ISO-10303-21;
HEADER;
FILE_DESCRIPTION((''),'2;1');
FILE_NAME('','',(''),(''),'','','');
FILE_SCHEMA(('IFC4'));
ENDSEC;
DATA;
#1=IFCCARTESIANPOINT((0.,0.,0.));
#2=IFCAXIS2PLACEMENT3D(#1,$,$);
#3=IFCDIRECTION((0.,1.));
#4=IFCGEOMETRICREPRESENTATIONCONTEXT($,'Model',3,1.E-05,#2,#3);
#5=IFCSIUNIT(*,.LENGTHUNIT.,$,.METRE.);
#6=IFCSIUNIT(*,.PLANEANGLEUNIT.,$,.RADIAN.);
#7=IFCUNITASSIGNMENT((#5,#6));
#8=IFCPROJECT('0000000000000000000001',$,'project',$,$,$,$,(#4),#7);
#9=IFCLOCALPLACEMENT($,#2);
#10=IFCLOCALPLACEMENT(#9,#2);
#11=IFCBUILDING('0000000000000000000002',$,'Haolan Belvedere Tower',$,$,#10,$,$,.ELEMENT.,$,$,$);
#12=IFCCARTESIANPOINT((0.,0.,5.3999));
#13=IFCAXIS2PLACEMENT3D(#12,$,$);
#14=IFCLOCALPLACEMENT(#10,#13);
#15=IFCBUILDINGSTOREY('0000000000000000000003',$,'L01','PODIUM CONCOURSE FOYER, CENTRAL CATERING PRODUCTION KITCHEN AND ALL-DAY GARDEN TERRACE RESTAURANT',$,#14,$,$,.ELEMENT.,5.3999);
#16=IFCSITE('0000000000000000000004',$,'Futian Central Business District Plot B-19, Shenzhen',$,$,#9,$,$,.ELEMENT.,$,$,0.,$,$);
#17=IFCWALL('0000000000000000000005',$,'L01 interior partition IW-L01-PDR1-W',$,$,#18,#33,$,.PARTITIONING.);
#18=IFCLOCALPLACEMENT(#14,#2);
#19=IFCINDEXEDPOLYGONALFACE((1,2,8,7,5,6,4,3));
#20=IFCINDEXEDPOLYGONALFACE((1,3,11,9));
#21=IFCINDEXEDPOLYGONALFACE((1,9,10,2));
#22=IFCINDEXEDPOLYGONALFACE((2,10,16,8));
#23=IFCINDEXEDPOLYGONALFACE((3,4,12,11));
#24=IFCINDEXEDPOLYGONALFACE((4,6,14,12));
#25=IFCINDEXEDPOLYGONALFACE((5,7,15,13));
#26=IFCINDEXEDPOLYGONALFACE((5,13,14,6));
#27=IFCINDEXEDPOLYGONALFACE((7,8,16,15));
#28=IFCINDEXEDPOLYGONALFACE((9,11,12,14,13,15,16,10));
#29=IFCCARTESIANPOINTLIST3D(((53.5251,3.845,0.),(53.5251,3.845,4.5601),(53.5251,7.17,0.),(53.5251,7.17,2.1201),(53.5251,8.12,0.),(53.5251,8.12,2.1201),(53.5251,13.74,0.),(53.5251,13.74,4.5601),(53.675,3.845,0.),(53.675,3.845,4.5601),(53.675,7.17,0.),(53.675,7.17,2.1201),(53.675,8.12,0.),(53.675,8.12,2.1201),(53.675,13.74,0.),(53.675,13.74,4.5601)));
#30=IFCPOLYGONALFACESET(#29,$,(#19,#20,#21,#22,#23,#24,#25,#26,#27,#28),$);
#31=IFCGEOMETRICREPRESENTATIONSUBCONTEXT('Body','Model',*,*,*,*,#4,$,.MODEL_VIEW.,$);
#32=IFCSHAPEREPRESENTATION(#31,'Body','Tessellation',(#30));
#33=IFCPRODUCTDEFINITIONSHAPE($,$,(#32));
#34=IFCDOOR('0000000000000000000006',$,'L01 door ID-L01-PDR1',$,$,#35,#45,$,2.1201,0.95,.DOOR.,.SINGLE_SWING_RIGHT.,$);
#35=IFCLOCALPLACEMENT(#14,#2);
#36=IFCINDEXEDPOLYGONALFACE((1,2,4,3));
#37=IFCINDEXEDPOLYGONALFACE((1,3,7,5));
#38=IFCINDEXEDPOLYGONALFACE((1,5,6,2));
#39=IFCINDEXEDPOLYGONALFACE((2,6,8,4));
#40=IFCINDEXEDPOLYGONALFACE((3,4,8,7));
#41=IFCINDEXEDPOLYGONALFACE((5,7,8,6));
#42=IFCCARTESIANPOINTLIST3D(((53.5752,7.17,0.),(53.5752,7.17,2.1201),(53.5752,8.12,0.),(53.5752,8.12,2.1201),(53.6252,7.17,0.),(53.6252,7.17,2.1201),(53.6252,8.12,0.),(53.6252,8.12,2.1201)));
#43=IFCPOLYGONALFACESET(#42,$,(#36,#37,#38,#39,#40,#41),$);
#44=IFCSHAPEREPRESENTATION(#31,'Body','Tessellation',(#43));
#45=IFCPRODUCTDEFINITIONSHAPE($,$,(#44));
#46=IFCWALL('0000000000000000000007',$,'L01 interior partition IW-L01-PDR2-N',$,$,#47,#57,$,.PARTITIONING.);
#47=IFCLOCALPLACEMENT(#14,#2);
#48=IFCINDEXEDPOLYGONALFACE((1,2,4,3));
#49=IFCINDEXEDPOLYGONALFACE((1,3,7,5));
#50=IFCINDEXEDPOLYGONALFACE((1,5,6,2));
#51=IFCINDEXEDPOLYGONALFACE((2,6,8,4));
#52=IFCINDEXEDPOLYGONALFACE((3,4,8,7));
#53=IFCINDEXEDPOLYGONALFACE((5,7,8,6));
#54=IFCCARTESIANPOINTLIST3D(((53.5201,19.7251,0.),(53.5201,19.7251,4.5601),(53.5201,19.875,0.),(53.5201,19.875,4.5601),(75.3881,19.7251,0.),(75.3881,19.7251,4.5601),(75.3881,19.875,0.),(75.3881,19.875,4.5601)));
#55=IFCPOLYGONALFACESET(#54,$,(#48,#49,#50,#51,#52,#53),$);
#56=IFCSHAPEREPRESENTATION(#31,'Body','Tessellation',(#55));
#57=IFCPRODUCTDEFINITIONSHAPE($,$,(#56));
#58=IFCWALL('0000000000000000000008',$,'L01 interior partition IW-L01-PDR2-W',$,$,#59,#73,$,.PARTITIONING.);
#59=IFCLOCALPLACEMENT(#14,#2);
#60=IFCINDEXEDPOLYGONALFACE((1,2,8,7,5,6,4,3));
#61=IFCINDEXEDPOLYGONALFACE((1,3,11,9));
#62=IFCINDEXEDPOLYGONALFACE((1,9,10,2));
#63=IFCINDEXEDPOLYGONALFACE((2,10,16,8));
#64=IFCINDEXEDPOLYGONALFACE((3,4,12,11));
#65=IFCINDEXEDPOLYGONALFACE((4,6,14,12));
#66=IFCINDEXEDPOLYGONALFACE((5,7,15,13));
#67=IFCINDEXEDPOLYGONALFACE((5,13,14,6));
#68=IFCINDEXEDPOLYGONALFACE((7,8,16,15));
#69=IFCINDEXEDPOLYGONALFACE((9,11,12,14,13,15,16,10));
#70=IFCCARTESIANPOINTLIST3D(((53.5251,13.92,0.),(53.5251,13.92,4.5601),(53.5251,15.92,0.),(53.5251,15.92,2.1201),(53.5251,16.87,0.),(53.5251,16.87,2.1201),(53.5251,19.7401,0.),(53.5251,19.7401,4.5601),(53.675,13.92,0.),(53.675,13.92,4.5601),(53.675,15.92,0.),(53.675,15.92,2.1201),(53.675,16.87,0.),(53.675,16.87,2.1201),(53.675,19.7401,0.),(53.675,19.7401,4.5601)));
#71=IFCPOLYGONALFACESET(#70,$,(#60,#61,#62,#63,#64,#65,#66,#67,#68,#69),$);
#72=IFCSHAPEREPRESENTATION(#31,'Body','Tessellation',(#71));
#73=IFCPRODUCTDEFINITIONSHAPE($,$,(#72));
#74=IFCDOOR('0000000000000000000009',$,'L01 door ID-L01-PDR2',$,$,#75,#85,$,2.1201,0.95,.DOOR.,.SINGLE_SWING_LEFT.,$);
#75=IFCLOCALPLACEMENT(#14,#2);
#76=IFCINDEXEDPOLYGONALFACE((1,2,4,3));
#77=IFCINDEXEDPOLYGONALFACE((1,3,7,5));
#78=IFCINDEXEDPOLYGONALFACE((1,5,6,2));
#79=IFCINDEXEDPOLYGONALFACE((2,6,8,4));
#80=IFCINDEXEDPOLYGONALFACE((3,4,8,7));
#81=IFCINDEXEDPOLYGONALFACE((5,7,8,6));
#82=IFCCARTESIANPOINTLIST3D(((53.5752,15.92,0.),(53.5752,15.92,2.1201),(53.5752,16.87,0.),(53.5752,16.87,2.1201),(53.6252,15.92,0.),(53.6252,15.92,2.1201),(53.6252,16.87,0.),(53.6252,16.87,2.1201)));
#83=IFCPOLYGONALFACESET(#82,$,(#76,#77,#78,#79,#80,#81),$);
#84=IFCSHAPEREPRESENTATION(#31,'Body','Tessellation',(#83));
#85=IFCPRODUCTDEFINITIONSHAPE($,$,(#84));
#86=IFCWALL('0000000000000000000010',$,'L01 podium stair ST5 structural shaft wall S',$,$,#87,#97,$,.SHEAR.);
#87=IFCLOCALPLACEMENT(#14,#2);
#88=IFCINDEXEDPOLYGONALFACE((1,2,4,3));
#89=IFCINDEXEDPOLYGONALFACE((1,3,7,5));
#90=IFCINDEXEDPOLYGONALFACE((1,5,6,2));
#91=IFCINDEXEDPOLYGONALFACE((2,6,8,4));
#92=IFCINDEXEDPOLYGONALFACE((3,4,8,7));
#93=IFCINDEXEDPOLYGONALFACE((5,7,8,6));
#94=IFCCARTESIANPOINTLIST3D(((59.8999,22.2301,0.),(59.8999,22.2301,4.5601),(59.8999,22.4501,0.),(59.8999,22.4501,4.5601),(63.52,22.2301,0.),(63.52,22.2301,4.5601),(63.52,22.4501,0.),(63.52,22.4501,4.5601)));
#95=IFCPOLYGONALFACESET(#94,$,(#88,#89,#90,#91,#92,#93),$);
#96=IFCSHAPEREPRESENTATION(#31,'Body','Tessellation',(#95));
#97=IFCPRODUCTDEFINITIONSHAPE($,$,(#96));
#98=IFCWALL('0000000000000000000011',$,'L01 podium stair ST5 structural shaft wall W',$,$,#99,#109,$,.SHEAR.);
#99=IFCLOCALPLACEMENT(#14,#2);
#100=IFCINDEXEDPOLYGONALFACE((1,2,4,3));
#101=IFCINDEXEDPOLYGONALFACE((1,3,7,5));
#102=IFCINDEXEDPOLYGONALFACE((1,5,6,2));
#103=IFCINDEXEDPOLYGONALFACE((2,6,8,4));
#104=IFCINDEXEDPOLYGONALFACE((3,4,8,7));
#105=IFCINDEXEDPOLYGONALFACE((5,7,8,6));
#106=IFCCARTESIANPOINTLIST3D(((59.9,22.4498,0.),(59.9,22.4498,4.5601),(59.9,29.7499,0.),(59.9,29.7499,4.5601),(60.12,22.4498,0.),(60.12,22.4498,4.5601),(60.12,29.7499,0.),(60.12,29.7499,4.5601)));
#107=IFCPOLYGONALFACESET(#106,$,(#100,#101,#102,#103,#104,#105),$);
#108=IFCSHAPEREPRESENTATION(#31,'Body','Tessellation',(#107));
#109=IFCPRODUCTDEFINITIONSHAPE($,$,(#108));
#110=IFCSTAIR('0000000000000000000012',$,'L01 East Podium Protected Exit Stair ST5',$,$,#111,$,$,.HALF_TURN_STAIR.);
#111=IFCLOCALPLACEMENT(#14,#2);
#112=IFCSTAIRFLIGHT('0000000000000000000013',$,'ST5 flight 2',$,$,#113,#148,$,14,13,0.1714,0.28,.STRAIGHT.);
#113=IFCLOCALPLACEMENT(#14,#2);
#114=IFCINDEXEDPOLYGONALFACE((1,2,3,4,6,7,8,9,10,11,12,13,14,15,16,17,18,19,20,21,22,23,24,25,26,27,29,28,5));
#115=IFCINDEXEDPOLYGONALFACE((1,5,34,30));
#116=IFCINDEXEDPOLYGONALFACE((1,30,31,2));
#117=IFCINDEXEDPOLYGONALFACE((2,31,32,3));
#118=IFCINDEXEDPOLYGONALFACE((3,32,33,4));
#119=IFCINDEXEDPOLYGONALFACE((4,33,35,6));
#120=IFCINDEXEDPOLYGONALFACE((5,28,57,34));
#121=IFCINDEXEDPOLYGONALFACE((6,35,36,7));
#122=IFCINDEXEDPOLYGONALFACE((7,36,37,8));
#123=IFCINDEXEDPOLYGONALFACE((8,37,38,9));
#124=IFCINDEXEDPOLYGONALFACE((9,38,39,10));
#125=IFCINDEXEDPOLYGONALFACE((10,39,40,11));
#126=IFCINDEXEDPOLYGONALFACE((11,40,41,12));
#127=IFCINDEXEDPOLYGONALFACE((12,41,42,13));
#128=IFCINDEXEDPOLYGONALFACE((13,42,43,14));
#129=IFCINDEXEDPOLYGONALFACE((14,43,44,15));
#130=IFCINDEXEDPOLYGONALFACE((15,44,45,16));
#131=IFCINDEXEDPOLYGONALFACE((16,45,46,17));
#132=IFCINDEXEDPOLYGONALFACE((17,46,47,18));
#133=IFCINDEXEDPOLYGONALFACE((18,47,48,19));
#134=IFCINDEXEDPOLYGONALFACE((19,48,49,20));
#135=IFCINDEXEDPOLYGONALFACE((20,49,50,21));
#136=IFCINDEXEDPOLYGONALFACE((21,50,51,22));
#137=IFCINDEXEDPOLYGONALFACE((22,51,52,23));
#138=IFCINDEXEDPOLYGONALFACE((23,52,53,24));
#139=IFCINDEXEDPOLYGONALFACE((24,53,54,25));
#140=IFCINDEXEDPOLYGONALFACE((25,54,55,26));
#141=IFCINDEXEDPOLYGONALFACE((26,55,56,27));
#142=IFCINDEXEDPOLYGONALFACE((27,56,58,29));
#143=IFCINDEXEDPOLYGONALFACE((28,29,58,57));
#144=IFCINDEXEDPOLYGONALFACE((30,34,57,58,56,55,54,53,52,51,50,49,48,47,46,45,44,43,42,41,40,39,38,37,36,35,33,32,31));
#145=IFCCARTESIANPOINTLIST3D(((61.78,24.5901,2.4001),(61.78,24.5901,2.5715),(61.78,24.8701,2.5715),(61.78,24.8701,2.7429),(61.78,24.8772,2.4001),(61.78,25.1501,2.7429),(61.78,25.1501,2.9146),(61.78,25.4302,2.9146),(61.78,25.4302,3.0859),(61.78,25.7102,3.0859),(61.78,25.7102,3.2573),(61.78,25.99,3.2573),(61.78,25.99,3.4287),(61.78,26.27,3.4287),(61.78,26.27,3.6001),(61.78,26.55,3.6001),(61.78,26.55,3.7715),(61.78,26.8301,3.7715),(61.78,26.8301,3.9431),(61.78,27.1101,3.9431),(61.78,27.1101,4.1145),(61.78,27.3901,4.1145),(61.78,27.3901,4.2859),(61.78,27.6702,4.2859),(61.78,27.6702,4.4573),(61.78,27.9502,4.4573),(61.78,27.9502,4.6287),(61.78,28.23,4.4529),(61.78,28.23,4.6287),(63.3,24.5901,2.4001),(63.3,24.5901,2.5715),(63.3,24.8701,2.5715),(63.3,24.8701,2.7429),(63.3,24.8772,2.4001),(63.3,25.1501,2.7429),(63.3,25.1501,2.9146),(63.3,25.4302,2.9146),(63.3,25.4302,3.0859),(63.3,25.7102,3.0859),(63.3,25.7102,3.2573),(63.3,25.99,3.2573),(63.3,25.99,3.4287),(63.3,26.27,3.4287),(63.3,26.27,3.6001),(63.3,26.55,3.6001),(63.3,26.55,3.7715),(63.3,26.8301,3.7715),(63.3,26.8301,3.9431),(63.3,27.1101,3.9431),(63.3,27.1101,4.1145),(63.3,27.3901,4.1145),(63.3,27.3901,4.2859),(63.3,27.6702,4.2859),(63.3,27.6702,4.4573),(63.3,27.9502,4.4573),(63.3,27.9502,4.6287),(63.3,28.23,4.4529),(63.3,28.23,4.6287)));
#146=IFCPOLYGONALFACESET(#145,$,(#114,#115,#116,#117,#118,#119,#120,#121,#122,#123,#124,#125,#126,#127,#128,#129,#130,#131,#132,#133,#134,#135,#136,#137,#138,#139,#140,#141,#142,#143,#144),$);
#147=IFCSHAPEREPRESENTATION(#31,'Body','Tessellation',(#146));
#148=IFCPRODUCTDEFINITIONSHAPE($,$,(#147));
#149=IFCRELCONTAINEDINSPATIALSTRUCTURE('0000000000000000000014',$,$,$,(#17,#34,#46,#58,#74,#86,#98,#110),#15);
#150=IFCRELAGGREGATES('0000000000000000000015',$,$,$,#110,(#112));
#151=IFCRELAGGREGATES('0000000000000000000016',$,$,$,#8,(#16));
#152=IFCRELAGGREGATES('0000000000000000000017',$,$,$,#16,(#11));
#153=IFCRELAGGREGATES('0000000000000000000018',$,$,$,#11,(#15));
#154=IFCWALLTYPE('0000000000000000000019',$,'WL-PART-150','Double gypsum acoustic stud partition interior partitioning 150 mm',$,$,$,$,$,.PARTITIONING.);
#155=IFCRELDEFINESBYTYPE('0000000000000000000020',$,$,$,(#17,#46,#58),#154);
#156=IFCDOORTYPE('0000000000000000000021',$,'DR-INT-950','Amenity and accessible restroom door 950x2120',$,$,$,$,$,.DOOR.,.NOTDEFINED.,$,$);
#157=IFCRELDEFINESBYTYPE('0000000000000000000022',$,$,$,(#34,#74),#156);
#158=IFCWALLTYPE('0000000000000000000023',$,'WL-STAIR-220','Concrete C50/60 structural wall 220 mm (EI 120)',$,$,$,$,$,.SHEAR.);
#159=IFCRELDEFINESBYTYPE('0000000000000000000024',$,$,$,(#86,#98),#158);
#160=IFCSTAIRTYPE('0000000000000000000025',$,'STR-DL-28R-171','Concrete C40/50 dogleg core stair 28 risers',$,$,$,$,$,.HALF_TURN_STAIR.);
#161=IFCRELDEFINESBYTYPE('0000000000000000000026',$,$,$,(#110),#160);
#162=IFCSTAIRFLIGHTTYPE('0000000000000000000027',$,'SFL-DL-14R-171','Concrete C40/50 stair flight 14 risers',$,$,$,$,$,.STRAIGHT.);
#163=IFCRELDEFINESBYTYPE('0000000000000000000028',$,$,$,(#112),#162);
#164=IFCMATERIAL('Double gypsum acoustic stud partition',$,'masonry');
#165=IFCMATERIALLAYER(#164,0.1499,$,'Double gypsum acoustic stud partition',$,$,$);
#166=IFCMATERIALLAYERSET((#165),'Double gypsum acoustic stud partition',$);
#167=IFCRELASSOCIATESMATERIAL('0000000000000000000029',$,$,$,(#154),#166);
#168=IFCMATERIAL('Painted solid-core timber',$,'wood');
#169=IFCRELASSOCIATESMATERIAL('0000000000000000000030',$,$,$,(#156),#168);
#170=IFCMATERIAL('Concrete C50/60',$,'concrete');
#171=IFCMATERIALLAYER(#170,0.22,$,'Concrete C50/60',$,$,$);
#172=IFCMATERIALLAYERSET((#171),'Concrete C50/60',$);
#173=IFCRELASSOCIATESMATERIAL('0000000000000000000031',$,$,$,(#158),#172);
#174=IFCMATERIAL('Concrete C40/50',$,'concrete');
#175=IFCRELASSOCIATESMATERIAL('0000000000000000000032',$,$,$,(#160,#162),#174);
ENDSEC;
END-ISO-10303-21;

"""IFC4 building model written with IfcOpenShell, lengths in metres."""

from ifc_helpers import new_model, si_unit, direction, frame, frame_2d, origin, place, context, subcontext, project, spatial, polyline, rectangle, outline, extrude, material, layer, layer_set, type_object, element, fill, aggregate, save


model = new_model("IFC4")

# Units and contexts
model_context = context("Model", 3, precision=1e-05, world=origin(), true_north=direction((0.0, 1.0)))
body_context = subcontext(model_context, "Body", "Model", "MODEL_VIEW")
ifc_project = project(units=[si_unit("LENGTHUNIT", "METRE"), si_unit("PLANEANGLEUNIT", "RADIAN")], contexts=[model_context])

# Site, building, storey
site_placement = place(None, origin())
site = spatial("IfcSite", under=ifc_project, at=site_placement, Name="Futian Central Business District Plot B-19, Shenzhen", CompositionType="ELEMENT", RefElevation=0.0)
building_placement = place(site_placement, origin())
building = spatial("IfcBuilding", under=site, at=building_placement, Name="Haolan Belvedere Tower", CompositionType="ELEMENT")
storey_placement = place(building_placement, frame((0.0, 0.0, 5.3999)))
storey = spatial("IfcBuildingStorey", under=building, at=storey_placement, Name="L01", Description="PODIUM CONCOURSE FOYER, CENTRAL CATERING PRODUCTION KITCHEN AND ALL-DAY GARDEN TERRACE RESTAURANT", CompositionType="ELEMENT", Elevation=5.3999)

# Shared definitions
ifc_material_1 = material(Name="Double gypsum acoustic stud partition", Category="masonry")
ifc_layer_1 = layer(ifc_material_1, 0.1499, Name="Double gypsum acoustic stud partition")
ifc_layer_set_1 = layer_set([ifc_layer_1], Name="Double gypsum acoustic stud partition")
wall_type_1 = type_object("IfcWallType", Name="WL-PART-150", Description="Double gypsum acoustic stud partition interior partitioning 150 mm", PredefinedType="PARTITIONING", material=ifc_layer_set_1)

# Wall, opening, door
wall_1_placement = place(storey_placement, frame((53.6001, 3.845, 0.0), z_axis=(0.0, 0.0, 1.0), x_axis=(0.0, 1.0, 0.0)))
wall_1 = element("IfcWall", 1, at=wall_1_placement, inside=storey, type_object=wall_type_1, Name="L01 interior partition IW-L01-PDR1-W", PredefinedType="PARTITIONING", context=body_context, shape_type="SweptSolid", body=[
    extrude(rectangle(XDim=9.895, YDim=0.1499, at=frame_2d((4.9475, 0.0))), origin(), (0.0, 0.0, 1.0), 4.5601),
])
opening_1_placement = place(wall_1_placement, frame((3.325, 0.0, 0.0)))
opening_1 = element("IfcOpeningElement", 2, at=opening_1_placement, cuts=wall_1, PredefinedType="OPENING", context=body_context, shape_type="SweptSolid", body=[
    extrude(rectangle(XDim=0.95, YDim=2.1201, at=frame_2d((0.4751, 1.0601))), frame((0.0, 0.085, 0.0), z_axis=(0.0, -1.0, 0.0), x_axis=(1.0, 0.0, 0.0)), (0.0, 0.0, 1.0), 0.1699),
])
ifc_material_2 = material(Name="Painted solid-core timber", Category="wood")
door_type = type_object("IfcDoorType", Name="DR-INT-950", Description="Amenity and accessible restroom door 950x2120", OperationType="NOTDEFINED", PredefinedType="DOOR", material=ifc_material_2)
door_1_placement = place(opening_1_placement, origin())
door_1 = element("IfcDoor", 3, at=door_1_placement, inside=storey, type_object=door_type, Name="L01 door ID-L01-PDR1", OperationType="SINGLE_SWING_RIGHT", OverallHeight=2.1201, OverallWidth=0.95, PredefinedType="DOOR", context=body_context, shape_type="SweptSolid", body=[
    extrude(rectangle(XDim=0.95, YDim=2.1201, at=frame_2d((0.4751, 1.0601))), frame((0.0, 0.0249, 0.0), z_axis=(0.0, -1.0, 0.0), x_axis=(1.0, 0.0, 0.0)), (0.0, 0.0, 1.0), 0.05),
])
fill(opening_1, door_1)

# Wall
wall_2_placement = place(storey_placement, frame((53.52, 19.8, 0.0), z_axis=(0.0, 0.0, 1.0), x_axis=(1.0, 0.0, 0.0)))
element("IfcWall", 4, at=wall_2_placement, inside=storey, type_object=wall_type_1, Name="L01 interior partition IW-L01-PDR2-N", PredefinedType="PARTITIONING", context=body_context, shape_type="SweptSolid", body=[
    extrude(rectangle(XDim=21.8679, YDim=0.1499, at=frame_2d((10.9341, 0.0))), origin(), (0.0, 0.0, 1.0), 4.5601),
])

# Wall, opening, door
wall_3_placement = place(storey_placement, frame((53.6001, 13.9199, 0.0), z_axis=(0.0, 0.0, 1.0), x_axis=(0.0, 1.0, 0.0)))
wall_3 = element("IfcWall", 5, at=wall_3_placement, inside=storey, type_object=wall_type_1, Name="L01 interior partition IW-L01-PDR2-W", PredefinedType="PARTITIONING", context=body_context, shape_type="SweptSolid", body=[
    extrude(rectangle(XDim=5.8201, YDim=0.1499, at=frame_2d((2.9102, 0.0))), origin(), (0.0, 0.0, 1.0), 4.5601),
])
opening_2_placement = place(wall_3_placement, frame((2.0, 0.0, 0.0)))
opening_2 = element("IfcOpeningElement", 6, at=opening_2_placement, cuts=wall_3, PredefinedType="OPENING", context=body_context, shape_type="SweptSolid", body=[
    extrude(rectangle(XDim=0.95, YDim=2.1201, at=frame_2d((0.4751, 1.0601))), frame((0.0, 0.085, 0.0), z_axis=(0.0, -1.0, 0.0), x_axis=(1.0, 0.0, 0.0)), (0.0, 0.0, 1.0), 0.1699),
])
door_2_placement = place(opening_2_placement, origin())
door_2 = element("IfcDoor", 7, at=door_2_placement, inside=storey, type_object=door_type, Name="L01 door ID-L01-PDR2", OperationType="SINGLE_SWING_LEFT", OverallHeight=2.1201, OverallWidth=0.95, PredefinedType="DOOR", context=body_context, shape_type="SweptSolid", body=[
    extrude(rectangle(XDim=0.95, YDim=2.1201, at=frame_2d((0.4751, 1.0601))), frame((0.0, 0.0249, 0.0), z_axis=(0.0, -1.0, 0.0), x_axis=(1.0, 0.0, 0.0)), (0.0, 0.0, 1.0), 0.05),
])
fill(opening_2, door_2)

# Walls
ifc_material_3 = material(Name="Concrete C50/60", Category="concrete")
ifc_layer_2 = layer(ifc_material_3, 0.22, Name="Concrete C50/60")
ifc_layer_set_2 = layer_set([ifc_layer_2], Name="Concrete C50/60")
wall_type_2 = type_object("IfcWallType", Name="WL-STAIR-220", Description="Concrete C50/60 structural wall 220 mm (EI 120)", PredefinedType="SHEAR", material=ifc_layer_set_2)
wall_4_placement = place(storey_placement, frame((59.8999, 22.3401, 0.0), z_axis=(0.0, 0.0, 1.0), x_axis=(1.0, 0.0, 0.0)))
element("IfcWall", 8, at=wall_4_placement, inside=storey, type_object=wall_type_2, Name="L01 podium stair ST5 structural shaft wall S", PredefinedType="SHEAR", context=body_context, shape_type="SweptSolid", body=[
    extrude(rectangle(XDim=3.6201, YDim=0.22, at=frame_2d((1.8101, 0.0))), origin(), (0.0, 0.0, 1.0), 4.5601),
])
wall_5_placement = place(storey_placement, frame((60.01, 22.45, 0.0), z_axis=(0.0, 0.0, 1.0), x_axis=(0.0, 1.0, 0.0)))
element("IfcWall", 9, at=wall_5_placement, inside=storey, type_object=wall_type_2, Name="L01 podium stair ST5 structural shaft wall W", PredefinedType="SHEAR", context=body_context, shape_type="SweptSolid", body=[
    extrude(rectangle(XDim=7.3, YDim=0.22, at=frame_2d((3.6499, 0.0))), origin(), (0.0, 0.0, 1.0), 4.5601),
])

# Stair, stair flight
ifc_material_4 = material(Name="Concrete C40/50", Category="concrete")
stair_type_1 = type_object("IfcStairType", Name="STR-DL-28R-171", Description="Concrete C40/50 dogleg core stair 28 risers", PredefinedType="HALF_TURN_STAIR", material=ifc_material_4)
stair_1_placement = place(storey_placement, origin())
stair_1 = element("IfcStair", 10, at=stair_1_placement, inside=storey, type_object=stair_type_1, Name="L01 East Podium Protected Exit Stair ST5", PredefinedType="HALF_TURN_STAIR")
stair_flight_type_1 = type_object("IfcStairFlightType", Name="SFL-DL-14R-171", Description="Concrete C40/50 stair flight 14 risers", PredefinedType="STRAIGHT", material=ifc_material_4)
stair_flight_1_placement = place(storey_placement, frame((62.54, 24.5901, 2.4001), z_axis=(0.0, 0.0, 1.0), x_axis=(0.0, 1.0, 0.0)))
stair_flight_1 = element("IfcStairFlight", 11, at=stair_flight_1_placement, type_object=stair_flight_type_1, Name="ST5 flight 2", NumberOfRisers=14, NumberOfTreads=13, PredefinedType="STRAIGHT", RiserHeight=0.1714, TreadLength=0.28, context=body_context, shape_type="SweptSolid", body=[
    extrude(outline(polyline([(0.0, 0.0), (0.0, 0.1714), (0.28, 0.1714), (0.28, 0.3428), (0.5601, 0.3428), (0.5601, 0.5144), (0.8401, 0.5144), (0.8401, 0.6858), (1.1201, 0.6858), (1.1201, 0.8572), (1.3999, 0.8572), (1.3999, 1.0286), (1.6799, 1.0286), (1.6799, 1.2), (1.96, 1.2), (1.96, 1.3713), (2.24, 1.3713), (2.24, 1.543), (2.52, 1.543), (2.52, 1.7144), (2.8, 1.7144), (2.8, 1.8857), (3.0801, 1.8857), (3.0801, 2.0571), (3.3601, 2.0571), (3.3601, 2.2285), (3.6399, 2.2285), (3.6399, 2.3999), (3.6399, 2.0527), (0.2871, 0.0), (0.0, 0.0)])), frame((0.0, 0.76, 0.0), z_axis=(0.0, -1.0, 0.0), x_axis=(1.0, 0.0, 0.0)), (0.0, 0.0, 1.0), 1.52),
])
aggregate(stair_1, [stair_flight_1])

save(model, "model.ifc")
